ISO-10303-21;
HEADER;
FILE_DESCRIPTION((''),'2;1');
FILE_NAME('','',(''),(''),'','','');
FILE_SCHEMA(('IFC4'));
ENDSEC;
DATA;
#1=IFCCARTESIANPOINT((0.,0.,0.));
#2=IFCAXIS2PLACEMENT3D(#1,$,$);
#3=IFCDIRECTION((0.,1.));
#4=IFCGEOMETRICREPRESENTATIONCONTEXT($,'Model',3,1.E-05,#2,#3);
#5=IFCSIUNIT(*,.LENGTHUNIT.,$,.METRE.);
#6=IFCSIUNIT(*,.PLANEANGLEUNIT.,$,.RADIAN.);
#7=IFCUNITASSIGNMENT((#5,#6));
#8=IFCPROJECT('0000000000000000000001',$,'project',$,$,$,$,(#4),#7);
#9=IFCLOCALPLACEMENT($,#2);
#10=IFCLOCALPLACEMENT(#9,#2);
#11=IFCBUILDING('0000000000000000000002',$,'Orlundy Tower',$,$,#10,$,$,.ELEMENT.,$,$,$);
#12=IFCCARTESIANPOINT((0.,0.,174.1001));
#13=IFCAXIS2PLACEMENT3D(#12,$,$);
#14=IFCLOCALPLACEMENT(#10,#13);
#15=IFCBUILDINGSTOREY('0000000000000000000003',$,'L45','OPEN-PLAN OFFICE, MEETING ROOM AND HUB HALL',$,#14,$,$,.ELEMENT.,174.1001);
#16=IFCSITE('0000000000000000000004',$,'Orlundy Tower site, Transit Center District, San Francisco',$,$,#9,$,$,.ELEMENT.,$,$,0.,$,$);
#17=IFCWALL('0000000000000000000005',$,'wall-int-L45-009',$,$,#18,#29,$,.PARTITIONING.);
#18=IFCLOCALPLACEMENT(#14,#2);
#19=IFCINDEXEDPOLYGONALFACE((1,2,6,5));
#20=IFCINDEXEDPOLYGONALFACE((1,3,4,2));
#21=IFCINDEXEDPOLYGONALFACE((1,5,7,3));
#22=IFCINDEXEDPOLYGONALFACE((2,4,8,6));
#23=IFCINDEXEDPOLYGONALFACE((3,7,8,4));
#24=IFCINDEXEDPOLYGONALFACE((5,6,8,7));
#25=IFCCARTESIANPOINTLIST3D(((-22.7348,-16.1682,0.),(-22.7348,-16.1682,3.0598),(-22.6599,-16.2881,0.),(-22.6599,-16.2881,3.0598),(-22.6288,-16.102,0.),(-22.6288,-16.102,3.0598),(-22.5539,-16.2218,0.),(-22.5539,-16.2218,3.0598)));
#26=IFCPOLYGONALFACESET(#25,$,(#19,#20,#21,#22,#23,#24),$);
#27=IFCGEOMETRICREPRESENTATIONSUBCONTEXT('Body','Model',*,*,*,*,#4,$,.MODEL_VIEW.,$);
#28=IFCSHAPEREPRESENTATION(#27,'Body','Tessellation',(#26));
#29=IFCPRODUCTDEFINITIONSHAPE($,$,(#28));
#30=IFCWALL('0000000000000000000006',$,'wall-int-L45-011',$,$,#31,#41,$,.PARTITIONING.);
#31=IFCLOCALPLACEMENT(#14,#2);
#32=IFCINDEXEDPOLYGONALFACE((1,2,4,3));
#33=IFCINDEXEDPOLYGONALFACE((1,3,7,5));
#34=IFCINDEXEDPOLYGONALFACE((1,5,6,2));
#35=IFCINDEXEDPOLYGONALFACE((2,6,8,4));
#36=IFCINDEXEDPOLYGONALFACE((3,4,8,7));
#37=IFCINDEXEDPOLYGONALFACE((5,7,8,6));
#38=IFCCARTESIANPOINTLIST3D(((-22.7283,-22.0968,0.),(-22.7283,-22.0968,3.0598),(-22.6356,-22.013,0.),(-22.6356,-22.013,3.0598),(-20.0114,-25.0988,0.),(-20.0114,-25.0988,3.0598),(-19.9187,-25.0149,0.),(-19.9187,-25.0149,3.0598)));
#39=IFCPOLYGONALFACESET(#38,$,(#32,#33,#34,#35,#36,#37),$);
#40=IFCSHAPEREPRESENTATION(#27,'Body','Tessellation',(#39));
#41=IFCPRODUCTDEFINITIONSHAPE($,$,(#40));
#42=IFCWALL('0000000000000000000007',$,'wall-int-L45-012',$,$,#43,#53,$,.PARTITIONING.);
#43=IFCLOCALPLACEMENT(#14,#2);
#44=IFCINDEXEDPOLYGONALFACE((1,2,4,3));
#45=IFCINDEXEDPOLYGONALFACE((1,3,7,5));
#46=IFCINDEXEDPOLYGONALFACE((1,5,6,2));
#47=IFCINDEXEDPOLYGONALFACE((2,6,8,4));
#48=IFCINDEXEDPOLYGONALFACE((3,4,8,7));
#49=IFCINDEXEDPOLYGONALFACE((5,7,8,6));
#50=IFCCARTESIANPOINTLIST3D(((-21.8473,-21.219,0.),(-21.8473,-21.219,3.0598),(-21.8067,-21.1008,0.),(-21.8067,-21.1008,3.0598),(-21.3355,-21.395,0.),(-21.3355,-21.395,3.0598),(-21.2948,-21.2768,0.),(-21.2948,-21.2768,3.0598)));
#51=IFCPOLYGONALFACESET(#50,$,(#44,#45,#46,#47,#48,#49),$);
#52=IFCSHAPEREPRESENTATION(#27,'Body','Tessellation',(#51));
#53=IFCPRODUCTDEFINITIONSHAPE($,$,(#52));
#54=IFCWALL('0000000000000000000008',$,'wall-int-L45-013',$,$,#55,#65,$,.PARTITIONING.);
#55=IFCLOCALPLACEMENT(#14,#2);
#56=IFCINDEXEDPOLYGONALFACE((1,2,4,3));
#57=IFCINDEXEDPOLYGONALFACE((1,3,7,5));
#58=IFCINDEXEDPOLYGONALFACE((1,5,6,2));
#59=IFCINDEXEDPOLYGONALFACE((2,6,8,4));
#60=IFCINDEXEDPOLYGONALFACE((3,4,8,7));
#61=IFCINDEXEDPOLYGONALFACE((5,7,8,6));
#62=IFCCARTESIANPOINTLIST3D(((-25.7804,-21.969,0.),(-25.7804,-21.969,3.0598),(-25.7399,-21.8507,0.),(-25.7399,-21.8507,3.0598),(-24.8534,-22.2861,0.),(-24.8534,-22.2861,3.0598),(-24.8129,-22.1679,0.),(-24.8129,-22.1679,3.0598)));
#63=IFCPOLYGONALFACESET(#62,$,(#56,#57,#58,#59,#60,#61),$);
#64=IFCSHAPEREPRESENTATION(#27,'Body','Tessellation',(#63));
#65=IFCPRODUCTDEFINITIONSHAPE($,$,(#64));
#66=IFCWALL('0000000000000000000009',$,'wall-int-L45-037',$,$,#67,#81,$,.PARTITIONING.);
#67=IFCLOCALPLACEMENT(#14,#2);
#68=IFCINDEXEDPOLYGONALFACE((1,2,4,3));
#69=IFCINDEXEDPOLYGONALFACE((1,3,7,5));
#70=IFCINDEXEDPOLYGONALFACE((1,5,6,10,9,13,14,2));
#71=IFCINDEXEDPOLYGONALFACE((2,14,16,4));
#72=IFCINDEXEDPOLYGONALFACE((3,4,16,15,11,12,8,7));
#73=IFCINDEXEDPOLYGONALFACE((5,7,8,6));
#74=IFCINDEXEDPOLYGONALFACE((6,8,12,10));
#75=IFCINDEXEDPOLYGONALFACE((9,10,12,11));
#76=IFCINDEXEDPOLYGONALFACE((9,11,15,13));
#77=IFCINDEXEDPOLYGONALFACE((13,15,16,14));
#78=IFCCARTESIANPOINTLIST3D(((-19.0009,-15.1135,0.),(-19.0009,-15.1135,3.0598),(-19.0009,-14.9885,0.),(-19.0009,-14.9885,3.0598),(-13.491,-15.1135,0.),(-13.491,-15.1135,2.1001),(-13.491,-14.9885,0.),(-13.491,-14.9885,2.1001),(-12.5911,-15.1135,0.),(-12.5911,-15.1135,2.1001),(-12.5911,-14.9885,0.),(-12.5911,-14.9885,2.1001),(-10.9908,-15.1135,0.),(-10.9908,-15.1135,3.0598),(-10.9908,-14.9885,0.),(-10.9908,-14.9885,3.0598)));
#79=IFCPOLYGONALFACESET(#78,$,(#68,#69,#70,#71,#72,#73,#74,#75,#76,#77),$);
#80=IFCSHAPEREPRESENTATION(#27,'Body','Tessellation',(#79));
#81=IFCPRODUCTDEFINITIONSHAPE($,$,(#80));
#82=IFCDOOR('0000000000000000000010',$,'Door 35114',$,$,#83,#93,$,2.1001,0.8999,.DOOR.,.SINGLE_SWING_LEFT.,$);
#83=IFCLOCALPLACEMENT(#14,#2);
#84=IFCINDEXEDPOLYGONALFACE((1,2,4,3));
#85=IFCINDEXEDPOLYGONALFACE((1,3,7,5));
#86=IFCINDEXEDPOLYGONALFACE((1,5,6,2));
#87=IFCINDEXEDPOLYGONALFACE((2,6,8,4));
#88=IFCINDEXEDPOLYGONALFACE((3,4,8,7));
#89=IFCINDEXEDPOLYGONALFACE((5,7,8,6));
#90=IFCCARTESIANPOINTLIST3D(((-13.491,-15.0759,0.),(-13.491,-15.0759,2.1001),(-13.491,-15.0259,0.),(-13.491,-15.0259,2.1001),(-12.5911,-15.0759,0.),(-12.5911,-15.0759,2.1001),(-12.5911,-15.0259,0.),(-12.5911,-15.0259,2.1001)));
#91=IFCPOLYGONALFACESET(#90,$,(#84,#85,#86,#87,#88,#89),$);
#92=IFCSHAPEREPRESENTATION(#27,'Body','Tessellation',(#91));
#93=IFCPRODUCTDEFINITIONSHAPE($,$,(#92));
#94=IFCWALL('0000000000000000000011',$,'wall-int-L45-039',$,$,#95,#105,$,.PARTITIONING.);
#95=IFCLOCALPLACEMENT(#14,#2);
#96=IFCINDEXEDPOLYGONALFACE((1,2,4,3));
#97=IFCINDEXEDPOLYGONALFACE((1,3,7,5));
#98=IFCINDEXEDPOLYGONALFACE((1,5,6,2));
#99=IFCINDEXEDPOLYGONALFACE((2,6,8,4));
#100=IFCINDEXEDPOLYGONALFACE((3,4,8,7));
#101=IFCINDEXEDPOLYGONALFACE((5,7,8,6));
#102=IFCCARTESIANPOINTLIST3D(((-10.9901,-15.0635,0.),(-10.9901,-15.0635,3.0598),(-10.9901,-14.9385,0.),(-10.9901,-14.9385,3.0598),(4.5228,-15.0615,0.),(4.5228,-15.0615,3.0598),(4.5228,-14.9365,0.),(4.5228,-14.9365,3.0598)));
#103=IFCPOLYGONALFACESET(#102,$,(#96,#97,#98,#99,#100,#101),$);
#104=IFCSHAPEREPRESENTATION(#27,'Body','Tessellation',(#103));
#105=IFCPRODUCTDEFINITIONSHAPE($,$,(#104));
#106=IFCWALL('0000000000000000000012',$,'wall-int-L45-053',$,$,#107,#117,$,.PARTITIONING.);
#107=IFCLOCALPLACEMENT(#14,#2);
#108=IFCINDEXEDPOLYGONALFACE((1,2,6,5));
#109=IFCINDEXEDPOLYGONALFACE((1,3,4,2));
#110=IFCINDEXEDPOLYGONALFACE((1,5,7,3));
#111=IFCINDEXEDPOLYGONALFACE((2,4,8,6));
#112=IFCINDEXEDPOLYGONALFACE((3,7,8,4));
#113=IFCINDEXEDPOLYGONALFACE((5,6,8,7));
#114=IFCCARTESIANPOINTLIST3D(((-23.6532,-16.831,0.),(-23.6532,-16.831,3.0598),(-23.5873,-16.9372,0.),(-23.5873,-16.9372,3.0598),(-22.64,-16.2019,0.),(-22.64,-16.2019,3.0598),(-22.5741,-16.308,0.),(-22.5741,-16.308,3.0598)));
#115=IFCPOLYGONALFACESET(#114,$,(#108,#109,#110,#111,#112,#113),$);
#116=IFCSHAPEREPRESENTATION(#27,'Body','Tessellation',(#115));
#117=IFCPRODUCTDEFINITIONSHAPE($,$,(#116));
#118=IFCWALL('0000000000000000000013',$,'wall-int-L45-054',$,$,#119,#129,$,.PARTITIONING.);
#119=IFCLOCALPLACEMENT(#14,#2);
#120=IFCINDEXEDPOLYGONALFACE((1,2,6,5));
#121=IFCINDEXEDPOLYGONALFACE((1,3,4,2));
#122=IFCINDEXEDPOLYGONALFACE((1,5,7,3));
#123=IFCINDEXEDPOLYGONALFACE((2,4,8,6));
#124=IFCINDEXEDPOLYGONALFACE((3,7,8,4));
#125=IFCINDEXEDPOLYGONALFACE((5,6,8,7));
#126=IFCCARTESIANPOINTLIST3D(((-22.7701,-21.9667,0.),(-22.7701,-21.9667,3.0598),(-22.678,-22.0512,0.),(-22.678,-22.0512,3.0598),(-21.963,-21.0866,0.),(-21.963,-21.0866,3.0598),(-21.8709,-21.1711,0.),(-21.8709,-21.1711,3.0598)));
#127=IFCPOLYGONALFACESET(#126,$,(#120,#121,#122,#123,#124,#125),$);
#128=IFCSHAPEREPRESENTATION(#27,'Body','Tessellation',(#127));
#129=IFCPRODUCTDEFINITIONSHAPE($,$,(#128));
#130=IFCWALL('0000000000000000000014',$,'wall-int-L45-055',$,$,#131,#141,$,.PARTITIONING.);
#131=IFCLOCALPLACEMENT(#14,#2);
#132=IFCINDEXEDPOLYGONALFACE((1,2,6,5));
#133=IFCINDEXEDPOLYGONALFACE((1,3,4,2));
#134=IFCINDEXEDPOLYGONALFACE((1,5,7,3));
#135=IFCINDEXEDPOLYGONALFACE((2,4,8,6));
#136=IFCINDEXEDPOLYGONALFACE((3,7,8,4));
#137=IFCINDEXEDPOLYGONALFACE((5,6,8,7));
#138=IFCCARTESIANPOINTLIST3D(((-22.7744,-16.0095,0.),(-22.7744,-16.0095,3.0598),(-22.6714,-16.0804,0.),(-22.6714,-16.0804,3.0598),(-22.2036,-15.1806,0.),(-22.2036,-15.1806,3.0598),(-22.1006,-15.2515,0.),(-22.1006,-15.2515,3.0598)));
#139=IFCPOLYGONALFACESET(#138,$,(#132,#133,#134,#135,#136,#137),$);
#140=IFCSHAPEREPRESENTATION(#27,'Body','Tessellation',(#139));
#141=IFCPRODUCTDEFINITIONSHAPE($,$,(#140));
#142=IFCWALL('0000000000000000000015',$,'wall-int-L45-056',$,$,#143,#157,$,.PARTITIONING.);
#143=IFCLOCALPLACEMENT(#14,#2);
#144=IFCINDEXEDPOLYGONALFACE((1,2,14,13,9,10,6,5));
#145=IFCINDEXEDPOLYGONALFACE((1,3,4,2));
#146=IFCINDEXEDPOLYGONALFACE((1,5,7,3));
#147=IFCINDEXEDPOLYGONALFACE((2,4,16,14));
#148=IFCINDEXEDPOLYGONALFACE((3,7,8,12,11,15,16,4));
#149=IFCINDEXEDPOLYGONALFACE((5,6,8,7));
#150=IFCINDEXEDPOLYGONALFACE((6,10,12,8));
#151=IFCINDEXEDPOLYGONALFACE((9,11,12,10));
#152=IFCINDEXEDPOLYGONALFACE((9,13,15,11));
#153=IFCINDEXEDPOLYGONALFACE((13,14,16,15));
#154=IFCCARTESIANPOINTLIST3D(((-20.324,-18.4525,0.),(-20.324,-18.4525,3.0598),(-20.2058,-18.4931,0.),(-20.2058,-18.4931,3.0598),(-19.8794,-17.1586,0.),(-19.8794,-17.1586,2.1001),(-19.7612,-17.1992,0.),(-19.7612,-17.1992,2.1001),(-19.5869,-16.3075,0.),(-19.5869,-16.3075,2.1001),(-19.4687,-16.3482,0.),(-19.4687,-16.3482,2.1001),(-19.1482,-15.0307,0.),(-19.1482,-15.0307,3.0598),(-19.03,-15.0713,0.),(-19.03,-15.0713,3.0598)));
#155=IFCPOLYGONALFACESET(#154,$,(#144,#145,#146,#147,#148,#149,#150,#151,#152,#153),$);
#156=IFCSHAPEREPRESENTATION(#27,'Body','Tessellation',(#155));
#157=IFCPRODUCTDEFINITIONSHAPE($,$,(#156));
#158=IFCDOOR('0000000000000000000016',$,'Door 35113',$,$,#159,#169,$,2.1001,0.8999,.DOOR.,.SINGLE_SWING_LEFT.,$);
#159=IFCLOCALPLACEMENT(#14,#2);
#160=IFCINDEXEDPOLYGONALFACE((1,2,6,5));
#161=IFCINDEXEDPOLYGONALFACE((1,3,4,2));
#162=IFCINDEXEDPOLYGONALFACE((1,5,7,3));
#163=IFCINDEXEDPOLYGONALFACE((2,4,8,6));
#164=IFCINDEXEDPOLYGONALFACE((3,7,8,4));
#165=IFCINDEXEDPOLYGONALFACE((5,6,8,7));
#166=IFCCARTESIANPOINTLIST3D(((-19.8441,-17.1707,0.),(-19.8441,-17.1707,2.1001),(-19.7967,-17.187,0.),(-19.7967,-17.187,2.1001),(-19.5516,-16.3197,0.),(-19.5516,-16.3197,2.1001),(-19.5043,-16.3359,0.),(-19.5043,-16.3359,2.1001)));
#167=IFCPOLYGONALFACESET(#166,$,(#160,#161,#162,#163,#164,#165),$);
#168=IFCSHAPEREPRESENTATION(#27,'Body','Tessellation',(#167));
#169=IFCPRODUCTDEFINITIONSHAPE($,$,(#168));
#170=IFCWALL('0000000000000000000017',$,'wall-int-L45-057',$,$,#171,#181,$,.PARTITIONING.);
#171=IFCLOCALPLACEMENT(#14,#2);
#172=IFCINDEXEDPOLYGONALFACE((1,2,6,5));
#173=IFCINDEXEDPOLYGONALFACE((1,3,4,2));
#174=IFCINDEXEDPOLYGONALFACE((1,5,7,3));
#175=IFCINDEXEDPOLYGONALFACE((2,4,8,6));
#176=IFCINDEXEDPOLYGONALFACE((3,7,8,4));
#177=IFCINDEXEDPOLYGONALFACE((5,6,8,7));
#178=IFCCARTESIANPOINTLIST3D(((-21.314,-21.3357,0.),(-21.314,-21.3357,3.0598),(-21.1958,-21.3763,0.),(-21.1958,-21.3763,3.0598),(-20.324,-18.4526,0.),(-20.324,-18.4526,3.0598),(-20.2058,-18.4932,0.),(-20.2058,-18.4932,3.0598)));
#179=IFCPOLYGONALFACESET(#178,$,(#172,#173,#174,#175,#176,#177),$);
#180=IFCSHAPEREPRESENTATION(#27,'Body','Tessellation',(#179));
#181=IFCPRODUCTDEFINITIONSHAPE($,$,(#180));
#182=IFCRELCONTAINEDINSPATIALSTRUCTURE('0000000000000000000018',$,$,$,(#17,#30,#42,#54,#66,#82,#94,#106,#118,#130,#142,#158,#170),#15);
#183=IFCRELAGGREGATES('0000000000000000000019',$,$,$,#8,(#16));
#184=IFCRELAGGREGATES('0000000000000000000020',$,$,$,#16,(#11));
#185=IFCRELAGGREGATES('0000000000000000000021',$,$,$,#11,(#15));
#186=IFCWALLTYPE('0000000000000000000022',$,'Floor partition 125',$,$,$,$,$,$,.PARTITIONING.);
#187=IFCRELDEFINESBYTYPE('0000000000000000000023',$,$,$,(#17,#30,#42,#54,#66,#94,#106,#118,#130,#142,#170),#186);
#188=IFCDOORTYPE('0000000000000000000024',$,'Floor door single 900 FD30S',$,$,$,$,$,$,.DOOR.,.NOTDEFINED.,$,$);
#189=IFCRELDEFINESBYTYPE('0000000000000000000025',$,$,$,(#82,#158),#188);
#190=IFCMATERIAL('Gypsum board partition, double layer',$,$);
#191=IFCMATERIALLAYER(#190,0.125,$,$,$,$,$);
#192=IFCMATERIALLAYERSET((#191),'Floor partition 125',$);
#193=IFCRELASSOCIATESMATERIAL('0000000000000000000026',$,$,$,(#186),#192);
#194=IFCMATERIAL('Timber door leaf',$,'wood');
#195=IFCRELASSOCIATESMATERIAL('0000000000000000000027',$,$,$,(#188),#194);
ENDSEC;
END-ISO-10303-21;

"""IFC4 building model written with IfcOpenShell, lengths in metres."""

from ifc_helpers import new_model, si_unit, direction, frame, frame_2d, origin, place, context, subcontext, project, spatial, rectangle, extrude, material, layer, layer_set, type_object, element, fill, save


model = new_model("IFC4")

# Units and contexts
model_context = context("Model", 3, precision=1e-05, world=origin(), true_north=direction((0.0, 1.0)))
body_context = subcontext(model_context, "Body", "Model", "MODEL_VIEW")
ifc_project = project(units=[si_unit("LENGTHUNIT", "METRE"), si_unit("PLANEANGLEUNIT", "RADIAN")], contexts=[model_context])

# Site, building, storey
site_placement = place(None, origin())
site = spatial("IfcSite", under=ifc_project, at=site_placement, Name="Orlundy Tower site, Transit Center District, San Francisco", CompositionType="ELEMENT", RefElevation=0.0)
building_placement = place(site_placement, origin())
building = spatial("IfcBuilding", under=site, at=building_placement, Name="Orlundy Tower", CompositionType="ELEMENT")
storey_placement = place(building_placement, frame((0.0, 0.0, 174.1001)))
storey = spatial("IfcBuildingStorey", under=building, at=storey_placement, Name="L45", Description="OPEN-PLAN OFFICE, MEETING ROOM AND HUB HALL", CompositionType="ELEMENT", Elevation=174.1001)

# Walls
ifc_material_1 = material(Name="Gypsum board partition, double layer")
ifc_layer_1 = layer(ifc_material_1, 0.125)
ifc_layer_set_1 = layer_set([ifc_layer_1], Name="Floor partition 125")
wall_type_1 = type_object("IfcWallType", Name="Floor partition 125", PredefinedType="PARTITIONING", material=ifc_layer_set_1)
wall_1_placement = place(storey_placement, frame((-22.6819, -16.135, 0.0), z_axis=(0.0, 0.0, 1.0), x_axis=(0.530154, -0.847901, 0.0)))
element("IfcWall", 1, at=wall_1_placement, inside=storey, type_object=wall_type_1, Name="wall-int-L45-009", PredefinedType="PARTITIONING", context=body_context, shape_type="SweptSolid", body=[
    extrude(rectangle(XDim=0.1414, YDim=0.125, at=frame_2d((0.0708, 0.0))), origin(), (0.0, 0.0, 1.0), 3.0598),
])
wall_2_placement = place(storey_placement, frame((-19.9651, -25.0569, 0.0), z_axis=(0.0, 0.0, 1.0), x_axis=(-0.671014, 0.741444, 0.0)))
element("IfcWall", 2, at=wall_2_placement, inside=storey, type_object=wall_type_1, Name="wall-int-L45-011", PredefinedType="PARTITIONING", context=body_context, shape_type="SweptSolid", body=[
    extrude(rectangle(XDim=4.0488, YDim=0.125, at=frame_2d((2.0244, 0.0))), origin(), (0.0, 0.0, 1.0), 3.0598),
])
wall_3_placement = place(storey_placement, frame((-21.8269, -21.1599, 0.0), z_axis=(0.0, 0.0, 1.0), x_axis=(0.945665, -0.325143, 0.0)))
element("IfcWall", 3, at=wall_3_placement, inside=storey, type_object=wall_type_1, Name="wall-int-L45-012", PredefinedType="PARTITIONING", context=body_context, shape_type="SweptSolid", body=[
    extrude(rectangle(XDim=0.5413, YDim=0.125, at=frame_2d((0.2705, 0.0))), origin(), (0.0, 0.0, 1.0), 3.0598),
])
wall_4_placement = place(storey_placement, frame((-25.76, -21.9099, 0.0), z_axis=(0.0, 0.0, 1.0), x_axis=(0.946162, -0.323694, 0.0)))
element("IfcWall", 4, at=wall_4_placement, inside=storey, type_object=wall_type_1, Name="wall-int-L45-013", PredefinedType="PARTITIONING", context=body_context, shape_type="SweptSolid", body=[
    extrude(rectangle(XDim=0.9797, YDim=0.125, at=frame_2d((0.4897, 0.0))), origin(), (0.0, 0.0, 1.0), 3.0598),
])

# Wall, opening, door
wall_5_placement = place(storey_placement, frame((-10.991, -15.051, 0.0), z_axis=(0.0, 0.0, 1.0), x_axis=(-1.0, 0.0, 0.0)))
wall_5 = element("IfcWall", 5, at=wall_5_placement, inside=storey, type_object=wall_type_1, Name="wall-int-L45-037", PredefinedType="PARTITIONING", context=body_context, shape_type="SweptSolid", body=[
    extrude(rectangle(XDim=8.01, YDim=0.125, at=frame_2d((4.0049, 0.0))), origin(), (0.0, 0.0, 1.0), 3.0598),
])
opening_1_placement = place(wall_5_placement, frame((1.6001, 0.0, 0.0)))
opening_1 = element("IfcOpeningElement", 6, at=opening_1_placement, cuts=wall_5, PredefinedType="OPENING", context=body_context, shape_type="SweptSolid", body=[
    extrude(rectangle(XDim=0.8999, YDim=2.1001, at=frame_2d((0.45, 1.05))), frame((0.0, 0.0725, 0.0), z_axis=(0.0, -1.0, 0.0), x_axis=(1.0, 0.0, 0.0)), (0.0, 0.0, 1.0), 0.145),
])
ifc_material_2 = material(Name="Timber door leaf", Category="wood")
door_type_1 = type_object("IfcDoorType", Name="Floor door single 900 FD30S", OperationType="NOTDEFINED", PredefinedType="DOOR", material=ifc_material_2)
door_1_placement = place(opening_1_placement, origin())
door_1 = element("IfcDoor", 7, at=door_1_placement, inside=storey, type_object=door_type_1, Name="Door 35114", OperationType="SINGLE_SWING_LEFT", OverallHeight=2.1001, OverallWidth=0.8999, PredefinedType="DOOR", context=body_context, shape_type="SweptSolid", body=[
    extrude(rectangle(XDim=0.8999, YDim=2.1001, at=frame_2d((0.45, 1.05))), frame((0.0, 0.0249, 0.0), z_axis=(0.0, -1.0, 0.0), x_axis=(1.0, 0.0, 0.0)), (0.0, 0.0, 1.0), 0.05),
])
fill(opening_1, door_1)

# Walls
wall_6_placement = place(storey_placement, frame((-10.99, -15.001, 0.0), z_axis=(0.0, 0.0, 1.0), x_axis=(1.0, 0.000126, 0.0)))
element("IfcWall", 8, at=wall_6_placement, inside=storey, type_object=wall_type_1, Name="wall-int-L45-039", PredefinedType="PARTITIONING", context=body_context, shape_type="SweptSolid", body=[
    extrude(rectangle(XDim=15.5129, YDim=0.125, at=frame_2d((7.7563, 0.0))), origin(), (0.0, 0.0, 1.0), 3.0598),
])
wall_7_placement = place(storey_placement, frame((-23.6201, -16.884, 0.0), z_axis=(0.0, 0.0, 1.0), x_axis=(0.849536, 0.527531, 0.0)))
element("IfcWall", 9, at=wall_7_placement, inside=storey, type_object=wall_type_1, Name="wall-int-L45-053", PredefinedType="PARTITIONING", context=body_context, shape_type="SweptSolid", body=[
    extrude(rectangle(XDim=1.1926, YDim=0.125, at=frame_2d((0.5962, 0.0))), origin(), (0.0, 0.0, 1.0), 3.0598),
])
wall_8_placement = place(storey_placement, frame((-22.7241, -22.009, 0.0), z_axis=(0.0, 0.0, 1.0), x_axis=(0.675882, 0.73701, 0.0)))
element("IfcWall", 10, at=wall_8_placement, inside=storey, type_object=wall_type_1, Name="wall-int-L45-054", PredefinedType="PARTITIONING", context=body_context, shape_type="SweptSolid", body=[
    extrude(rectangle(XDim=1.1941, YDim=0.125, at=frame_2d((0.5972, 0.0))), origin(), (0.0, 0.0, 1.0), 3.0598),
])
wall_9_placement = place(storey_placement, frame((-22.7229, -16.0449, 0.0), z_axis=(0.0, 0.0, 1.0), x_axis=(0.567177, 0.823596, 0.0)))
element("IfcWall", 11, at=wall_9_placement, inside=storey, type_object=wall_type_1, Name="wall-int-L45-055", PredefinedType="PARTITIONING", context=body_context, shape_type="SweptSolid", body=[
    extrude(rectangle(XDim=1.0063, YDim=0.125, at=frame_2d((0.5032, 0.0))), origin(), (0.0, 0.0, 1.0), 3.0598),
])

# Wall, opening, door
wall_10_placement = place(storey_placement, frame((-19.0891, -15.051, 0.0), z_axis=(0.0, 0.0, 1.0), x_axis=(-0.324959, -0.945728, 0.0)))
wall_10 = element("IfcWall", 12, at=wall_10_placement, inside=storey, type_object=wall_type_1, Name="wall-int-L45-056", PredefinedType="PARTITIONING", context=body_context, shape_type="SweptSolid", body=[
    extrude(rectangle(XDim=3.6182, YDim=0.125, at=frame_2d((1.8091, 0.0))), origin(), (0.0, 0.0, 1.0), 3.0598),
])
opening_2_placement = place(wall_10_placement, frame((1.3501, 0.0, 0.0)))
opening_2 = element("IfcOpeningElement", 13, at=opening_2_placement, cuts=wall_10, PredefinedType="OPENING", context=body_context, shape_type="SweptSolid", body=[
    extrude(rectangle(XDim=0.8999, YDim=2.1001, at=frame_2d((0.45, 1.05))), frame((0.0, 0.0725, 0.0), z_axis=(0.0, -1.0, 0.0), x_axis=(1.0, 0.0, 0.0)), (0.0, 0.0, 1.0), 0.145),
])
door_2_placement = place(opening_2_placement, origin())
door_2 = element("IfcDoor", 14, at=door_2_placement, inside=storey, type_object=door_type_1, Name="Door 35113", OperationType="SINGLE_SWING_LEFT", OverallHeight=2.1001, OverallWidth=0.8999, PredefinedType="DOOR", context=body_context, shape_type="SweptSolid", body=[
    extrude(rectangle(XDim=0.8999, YDim=2.1001, at=frame_2d((0.45, 1.05))), frame((0.0, 0.0249, 0.0), z_axis=(0.0, -1.0, 0.0), x_axis=(1.0, 0.0, 0.0)), (0.0, 0.0, 1.0), 0.05),
])
fill(opening_2, door_2)

# Wall
wall_11_placement = place(storey_placement, frame((-21.2549, -21.356, 0.0), z_axis=(0.0, 0.0, 1.0), x_axis=(0.324769, 0.945793, 0.0)))
element("IfcWall", 15, at=wall_11_placement, inside=storey, type_object=wall_type_1, Name="wall-int-L45-057", PredefinedType="PARTITIONING", context=body_context, shape_type="SweptSolid", body=[
    extrude(rectangle(XDim=3.0483, YDim=0.125, at=frame_2d((1.5242, 0.0))), origin(), (0.0, 0.0, 1.0), 3.0598),
])

save(model, "model.ifc")
